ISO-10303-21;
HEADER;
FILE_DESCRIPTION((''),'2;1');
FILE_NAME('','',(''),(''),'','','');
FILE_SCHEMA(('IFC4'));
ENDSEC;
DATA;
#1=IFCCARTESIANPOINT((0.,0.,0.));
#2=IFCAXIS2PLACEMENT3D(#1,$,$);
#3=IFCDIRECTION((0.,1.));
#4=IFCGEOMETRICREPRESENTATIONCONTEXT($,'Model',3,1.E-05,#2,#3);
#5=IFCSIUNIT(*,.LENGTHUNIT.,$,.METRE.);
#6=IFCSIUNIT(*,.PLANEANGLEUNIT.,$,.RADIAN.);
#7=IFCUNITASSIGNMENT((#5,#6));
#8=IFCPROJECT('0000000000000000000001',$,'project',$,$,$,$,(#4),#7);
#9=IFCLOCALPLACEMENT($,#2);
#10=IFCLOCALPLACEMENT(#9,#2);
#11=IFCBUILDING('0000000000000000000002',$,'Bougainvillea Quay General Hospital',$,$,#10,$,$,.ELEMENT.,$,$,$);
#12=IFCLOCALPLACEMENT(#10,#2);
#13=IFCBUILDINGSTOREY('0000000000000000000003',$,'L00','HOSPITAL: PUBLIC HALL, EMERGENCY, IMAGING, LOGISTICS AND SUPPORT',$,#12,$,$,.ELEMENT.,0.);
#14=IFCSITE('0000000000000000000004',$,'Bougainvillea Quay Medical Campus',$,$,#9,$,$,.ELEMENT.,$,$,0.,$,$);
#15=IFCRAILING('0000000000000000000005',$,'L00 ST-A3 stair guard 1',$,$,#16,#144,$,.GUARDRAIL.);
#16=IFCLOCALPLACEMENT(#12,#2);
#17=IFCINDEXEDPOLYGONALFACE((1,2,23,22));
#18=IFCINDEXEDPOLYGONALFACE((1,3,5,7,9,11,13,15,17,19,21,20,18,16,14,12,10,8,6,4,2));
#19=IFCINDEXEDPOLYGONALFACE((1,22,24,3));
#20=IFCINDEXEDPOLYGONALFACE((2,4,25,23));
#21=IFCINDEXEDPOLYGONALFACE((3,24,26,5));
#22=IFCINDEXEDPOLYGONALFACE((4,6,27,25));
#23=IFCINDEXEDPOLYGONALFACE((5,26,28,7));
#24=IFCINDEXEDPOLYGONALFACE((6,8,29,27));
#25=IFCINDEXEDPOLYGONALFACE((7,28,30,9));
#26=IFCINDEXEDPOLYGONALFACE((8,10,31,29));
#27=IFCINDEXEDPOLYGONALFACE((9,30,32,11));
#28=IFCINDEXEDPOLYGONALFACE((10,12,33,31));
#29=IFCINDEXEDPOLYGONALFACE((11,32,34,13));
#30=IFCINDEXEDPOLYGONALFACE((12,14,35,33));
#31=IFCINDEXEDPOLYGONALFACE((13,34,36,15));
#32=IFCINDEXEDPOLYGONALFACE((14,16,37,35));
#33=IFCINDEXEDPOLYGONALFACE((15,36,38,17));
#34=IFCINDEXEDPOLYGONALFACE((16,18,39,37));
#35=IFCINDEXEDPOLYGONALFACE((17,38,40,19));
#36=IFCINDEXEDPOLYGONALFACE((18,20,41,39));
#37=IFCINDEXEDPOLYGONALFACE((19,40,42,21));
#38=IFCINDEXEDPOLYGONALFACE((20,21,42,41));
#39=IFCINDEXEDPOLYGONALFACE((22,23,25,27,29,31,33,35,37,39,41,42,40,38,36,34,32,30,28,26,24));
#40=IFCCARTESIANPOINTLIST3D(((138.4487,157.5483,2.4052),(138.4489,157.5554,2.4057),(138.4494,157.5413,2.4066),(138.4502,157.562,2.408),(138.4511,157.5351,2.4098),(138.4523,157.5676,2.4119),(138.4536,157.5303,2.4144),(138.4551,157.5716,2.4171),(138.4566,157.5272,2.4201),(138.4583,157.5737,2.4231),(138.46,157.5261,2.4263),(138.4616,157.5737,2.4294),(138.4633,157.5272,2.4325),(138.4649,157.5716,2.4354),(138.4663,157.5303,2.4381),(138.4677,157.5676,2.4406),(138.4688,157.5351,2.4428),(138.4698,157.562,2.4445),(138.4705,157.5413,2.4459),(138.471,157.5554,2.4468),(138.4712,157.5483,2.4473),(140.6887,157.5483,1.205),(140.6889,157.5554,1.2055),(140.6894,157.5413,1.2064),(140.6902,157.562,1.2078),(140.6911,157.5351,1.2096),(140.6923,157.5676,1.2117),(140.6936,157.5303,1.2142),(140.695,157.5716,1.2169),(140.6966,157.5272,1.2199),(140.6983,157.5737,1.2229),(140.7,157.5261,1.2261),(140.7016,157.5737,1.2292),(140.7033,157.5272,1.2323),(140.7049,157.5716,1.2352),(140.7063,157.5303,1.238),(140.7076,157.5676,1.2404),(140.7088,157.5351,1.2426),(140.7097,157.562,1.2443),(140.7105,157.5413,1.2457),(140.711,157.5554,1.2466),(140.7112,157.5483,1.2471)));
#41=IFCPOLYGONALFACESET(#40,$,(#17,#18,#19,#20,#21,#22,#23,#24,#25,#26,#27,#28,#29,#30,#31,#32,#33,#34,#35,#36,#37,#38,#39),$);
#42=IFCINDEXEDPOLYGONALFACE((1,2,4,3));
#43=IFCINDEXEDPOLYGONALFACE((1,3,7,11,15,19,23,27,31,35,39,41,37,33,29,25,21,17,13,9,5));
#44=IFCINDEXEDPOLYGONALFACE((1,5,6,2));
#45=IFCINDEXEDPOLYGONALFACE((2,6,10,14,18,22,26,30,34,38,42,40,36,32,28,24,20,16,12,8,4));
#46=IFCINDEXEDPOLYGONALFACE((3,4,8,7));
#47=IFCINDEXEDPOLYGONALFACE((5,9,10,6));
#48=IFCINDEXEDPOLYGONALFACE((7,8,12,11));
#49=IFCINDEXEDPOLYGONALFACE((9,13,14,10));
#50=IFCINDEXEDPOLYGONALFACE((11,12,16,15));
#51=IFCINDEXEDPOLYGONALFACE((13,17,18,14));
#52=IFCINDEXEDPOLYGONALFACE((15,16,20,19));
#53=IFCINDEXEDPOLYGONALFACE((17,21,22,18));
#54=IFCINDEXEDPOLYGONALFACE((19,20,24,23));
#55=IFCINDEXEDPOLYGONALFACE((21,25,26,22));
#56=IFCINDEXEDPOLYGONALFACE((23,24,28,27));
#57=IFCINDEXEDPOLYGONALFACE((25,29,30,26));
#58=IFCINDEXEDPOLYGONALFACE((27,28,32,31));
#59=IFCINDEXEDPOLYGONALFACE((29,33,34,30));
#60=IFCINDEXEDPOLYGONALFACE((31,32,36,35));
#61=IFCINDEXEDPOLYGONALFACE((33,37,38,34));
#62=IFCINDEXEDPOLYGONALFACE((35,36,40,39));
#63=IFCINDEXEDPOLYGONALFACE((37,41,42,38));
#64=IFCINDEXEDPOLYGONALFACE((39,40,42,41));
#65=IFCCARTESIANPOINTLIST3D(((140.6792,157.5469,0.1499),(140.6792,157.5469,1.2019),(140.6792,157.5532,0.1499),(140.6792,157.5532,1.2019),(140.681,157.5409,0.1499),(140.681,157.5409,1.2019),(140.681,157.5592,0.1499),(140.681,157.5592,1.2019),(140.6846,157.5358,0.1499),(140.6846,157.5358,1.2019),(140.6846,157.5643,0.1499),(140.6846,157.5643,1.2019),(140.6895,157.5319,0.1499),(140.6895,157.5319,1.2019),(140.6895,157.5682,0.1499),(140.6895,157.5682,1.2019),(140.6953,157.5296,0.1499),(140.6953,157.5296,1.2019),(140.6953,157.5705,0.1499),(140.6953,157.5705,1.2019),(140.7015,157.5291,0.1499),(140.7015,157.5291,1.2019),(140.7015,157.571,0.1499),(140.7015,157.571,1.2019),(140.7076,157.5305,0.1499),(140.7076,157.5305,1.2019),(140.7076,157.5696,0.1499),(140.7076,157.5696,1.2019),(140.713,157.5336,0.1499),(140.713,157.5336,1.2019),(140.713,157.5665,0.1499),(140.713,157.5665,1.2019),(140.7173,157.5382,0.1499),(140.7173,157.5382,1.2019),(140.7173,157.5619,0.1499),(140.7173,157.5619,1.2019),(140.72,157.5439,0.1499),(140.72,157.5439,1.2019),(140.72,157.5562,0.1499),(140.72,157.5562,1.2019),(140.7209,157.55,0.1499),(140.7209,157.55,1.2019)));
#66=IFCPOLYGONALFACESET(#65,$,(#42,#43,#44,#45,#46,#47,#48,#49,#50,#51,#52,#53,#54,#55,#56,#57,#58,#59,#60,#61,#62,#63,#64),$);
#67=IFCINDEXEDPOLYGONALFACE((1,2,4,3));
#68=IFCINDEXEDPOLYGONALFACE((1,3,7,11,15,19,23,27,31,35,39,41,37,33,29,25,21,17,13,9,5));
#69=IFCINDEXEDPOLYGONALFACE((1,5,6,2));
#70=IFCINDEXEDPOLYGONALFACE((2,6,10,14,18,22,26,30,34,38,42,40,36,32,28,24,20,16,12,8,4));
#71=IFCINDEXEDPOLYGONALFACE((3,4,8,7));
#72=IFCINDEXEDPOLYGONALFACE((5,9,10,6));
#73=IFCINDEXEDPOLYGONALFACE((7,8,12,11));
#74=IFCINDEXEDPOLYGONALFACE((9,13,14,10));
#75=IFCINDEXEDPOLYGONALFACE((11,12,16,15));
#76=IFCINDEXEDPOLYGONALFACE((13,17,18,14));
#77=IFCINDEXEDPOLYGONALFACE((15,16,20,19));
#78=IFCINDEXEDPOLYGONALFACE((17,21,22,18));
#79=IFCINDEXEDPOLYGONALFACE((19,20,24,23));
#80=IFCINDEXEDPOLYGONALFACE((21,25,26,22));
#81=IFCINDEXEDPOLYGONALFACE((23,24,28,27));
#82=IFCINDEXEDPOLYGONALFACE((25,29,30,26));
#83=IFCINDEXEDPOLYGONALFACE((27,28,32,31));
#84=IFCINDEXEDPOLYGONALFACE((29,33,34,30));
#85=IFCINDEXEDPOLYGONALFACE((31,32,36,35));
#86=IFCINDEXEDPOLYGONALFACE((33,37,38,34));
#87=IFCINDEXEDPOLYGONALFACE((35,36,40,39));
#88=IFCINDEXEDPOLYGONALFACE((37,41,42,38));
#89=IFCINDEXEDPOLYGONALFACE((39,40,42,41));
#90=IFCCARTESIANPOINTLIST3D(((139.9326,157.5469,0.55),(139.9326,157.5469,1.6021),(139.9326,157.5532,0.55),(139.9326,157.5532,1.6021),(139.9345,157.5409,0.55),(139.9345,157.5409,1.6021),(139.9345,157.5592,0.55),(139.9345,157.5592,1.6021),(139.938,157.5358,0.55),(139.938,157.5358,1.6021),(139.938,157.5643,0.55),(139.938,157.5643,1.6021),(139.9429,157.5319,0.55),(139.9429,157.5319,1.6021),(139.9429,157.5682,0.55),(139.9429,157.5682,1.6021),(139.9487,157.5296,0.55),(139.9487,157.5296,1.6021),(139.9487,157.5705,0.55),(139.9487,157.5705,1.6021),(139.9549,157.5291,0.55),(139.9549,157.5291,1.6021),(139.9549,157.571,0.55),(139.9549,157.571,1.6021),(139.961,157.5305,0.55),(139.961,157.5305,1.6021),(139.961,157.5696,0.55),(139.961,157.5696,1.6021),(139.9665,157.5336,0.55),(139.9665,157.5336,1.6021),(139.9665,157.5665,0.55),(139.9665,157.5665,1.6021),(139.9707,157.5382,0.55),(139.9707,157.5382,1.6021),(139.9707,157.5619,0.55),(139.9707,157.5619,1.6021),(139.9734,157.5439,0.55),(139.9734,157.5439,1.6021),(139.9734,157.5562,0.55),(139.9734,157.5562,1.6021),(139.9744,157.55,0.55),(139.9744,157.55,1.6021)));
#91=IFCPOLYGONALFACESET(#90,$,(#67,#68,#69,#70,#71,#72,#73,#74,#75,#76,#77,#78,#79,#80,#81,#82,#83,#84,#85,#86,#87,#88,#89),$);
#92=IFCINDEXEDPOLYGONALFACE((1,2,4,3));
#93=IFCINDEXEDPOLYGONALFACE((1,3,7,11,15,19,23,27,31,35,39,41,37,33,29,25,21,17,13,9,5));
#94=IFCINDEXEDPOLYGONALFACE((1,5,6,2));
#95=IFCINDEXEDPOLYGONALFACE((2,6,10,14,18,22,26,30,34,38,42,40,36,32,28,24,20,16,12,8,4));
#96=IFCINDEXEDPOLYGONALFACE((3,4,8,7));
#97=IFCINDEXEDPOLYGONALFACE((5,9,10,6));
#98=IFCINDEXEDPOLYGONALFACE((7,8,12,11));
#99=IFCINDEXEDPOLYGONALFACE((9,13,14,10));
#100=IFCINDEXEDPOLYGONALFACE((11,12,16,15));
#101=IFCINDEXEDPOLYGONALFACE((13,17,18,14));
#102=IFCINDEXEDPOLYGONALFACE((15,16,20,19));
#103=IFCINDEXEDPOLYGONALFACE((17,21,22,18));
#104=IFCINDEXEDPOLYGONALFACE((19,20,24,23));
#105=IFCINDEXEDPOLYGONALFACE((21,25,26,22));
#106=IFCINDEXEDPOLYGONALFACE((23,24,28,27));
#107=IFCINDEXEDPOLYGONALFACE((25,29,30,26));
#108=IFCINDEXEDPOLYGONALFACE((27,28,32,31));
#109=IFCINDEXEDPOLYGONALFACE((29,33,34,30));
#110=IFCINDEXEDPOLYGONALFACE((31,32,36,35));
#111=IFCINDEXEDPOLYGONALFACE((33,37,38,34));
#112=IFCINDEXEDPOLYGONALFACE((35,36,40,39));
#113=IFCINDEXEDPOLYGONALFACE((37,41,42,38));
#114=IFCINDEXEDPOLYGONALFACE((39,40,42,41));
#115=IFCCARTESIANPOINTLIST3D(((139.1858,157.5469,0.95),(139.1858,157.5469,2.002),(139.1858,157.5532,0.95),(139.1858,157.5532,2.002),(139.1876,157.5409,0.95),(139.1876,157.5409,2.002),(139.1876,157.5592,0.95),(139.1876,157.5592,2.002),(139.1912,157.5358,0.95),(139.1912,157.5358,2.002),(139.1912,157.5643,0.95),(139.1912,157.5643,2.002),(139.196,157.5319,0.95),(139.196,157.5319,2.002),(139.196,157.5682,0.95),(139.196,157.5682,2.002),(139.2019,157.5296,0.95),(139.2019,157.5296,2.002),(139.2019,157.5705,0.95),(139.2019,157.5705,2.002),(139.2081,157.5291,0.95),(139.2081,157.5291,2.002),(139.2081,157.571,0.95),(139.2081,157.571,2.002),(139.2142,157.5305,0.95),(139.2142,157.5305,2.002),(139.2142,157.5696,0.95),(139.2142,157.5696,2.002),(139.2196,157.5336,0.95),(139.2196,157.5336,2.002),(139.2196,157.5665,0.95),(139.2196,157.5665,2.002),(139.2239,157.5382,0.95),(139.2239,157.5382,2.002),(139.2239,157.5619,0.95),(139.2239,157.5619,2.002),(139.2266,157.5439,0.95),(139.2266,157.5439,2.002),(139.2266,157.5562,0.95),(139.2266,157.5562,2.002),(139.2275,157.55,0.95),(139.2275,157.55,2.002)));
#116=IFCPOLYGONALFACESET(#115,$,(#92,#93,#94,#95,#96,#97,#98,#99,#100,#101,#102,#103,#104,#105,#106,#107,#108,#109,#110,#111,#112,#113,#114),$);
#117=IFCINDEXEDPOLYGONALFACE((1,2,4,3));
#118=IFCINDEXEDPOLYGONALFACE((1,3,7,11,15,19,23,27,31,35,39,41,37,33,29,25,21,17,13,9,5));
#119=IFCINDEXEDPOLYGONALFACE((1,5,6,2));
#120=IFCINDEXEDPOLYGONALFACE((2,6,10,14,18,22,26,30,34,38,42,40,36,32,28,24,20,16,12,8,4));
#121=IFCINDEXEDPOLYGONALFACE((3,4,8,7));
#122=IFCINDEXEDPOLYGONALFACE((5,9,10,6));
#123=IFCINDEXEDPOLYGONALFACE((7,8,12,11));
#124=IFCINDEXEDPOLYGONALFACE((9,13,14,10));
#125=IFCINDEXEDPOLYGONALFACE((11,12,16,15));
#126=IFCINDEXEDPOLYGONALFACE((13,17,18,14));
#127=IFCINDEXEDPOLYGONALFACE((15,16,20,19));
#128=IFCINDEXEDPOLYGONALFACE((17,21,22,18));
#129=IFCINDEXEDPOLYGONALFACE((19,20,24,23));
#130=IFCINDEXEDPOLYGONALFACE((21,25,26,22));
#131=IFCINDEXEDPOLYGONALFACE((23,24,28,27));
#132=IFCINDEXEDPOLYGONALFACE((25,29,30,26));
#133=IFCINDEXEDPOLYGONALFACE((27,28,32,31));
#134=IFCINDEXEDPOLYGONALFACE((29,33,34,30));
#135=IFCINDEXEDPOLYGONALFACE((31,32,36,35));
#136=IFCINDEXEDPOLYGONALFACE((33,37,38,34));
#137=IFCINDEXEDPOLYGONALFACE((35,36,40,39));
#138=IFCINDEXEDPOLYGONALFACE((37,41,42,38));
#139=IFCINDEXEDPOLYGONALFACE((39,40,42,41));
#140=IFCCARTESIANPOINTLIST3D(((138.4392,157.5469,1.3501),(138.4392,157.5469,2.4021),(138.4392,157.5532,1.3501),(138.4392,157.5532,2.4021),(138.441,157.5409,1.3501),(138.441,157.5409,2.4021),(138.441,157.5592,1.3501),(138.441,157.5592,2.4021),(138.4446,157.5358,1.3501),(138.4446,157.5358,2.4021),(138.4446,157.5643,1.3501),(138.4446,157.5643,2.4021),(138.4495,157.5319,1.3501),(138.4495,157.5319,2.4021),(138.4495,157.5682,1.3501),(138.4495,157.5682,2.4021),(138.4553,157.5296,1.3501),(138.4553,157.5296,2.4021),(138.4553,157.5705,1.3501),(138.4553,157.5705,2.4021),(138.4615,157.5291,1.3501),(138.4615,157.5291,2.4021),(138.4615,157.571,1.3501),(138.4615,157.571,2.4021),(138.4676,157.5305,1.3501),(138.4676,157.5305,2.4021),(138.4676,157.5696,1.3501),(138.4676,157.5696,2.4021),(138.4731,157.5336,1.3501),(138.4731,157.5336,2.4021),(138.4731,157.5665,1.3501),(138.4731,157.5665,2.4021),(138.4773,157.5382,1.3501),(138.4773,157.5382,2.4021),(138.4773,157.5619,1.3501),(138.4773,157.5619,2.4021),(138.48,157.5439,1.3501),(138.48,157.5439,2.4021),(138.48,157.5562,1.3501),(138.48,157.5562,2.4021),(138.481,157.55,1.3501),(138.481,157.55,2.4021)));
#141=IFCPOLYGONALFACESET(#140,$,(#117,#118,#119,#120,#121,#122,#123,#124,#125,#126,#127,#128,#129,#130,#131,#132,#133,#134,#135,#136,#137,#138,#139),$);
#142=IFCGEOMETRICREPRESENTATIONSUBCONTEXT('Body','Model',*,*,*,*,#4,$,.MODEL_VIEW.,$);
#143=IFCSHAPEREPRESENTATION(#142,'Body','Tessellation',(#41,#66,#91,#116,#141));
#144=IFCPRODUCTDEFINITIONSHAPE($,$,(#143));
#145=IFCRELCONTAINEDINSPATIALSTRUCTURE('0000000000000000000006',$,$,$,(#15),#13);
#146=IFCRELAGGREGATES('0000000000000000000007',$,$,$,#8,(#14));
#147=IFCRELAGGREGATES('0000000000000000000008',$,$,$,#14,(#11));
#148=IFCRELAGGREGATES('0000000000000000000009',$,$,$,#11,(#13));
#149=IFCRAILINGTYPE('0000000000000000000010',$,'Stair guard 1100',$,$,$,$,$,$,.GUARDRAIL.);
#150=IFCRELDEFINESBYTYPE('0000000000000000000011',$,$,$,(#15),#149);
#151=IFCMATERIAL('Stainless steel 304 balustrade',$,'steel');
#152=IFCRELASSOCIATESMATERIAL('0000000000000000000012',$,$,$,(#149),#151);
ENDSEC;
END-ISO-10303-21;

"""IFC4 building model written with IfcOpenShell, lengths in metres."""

from ifc_helpers import new_model, si_unit, direction, frame, origin, origin_2d, place, context, subcontext, project, spatial, circle, extrude, material, type_object, element, save


model = new_model("IFC4")

# Units and contexts
model_context = context("Model", 3, precision=1e-05, world=origin(), true_north=direction((0.0, 1.0)))
body_context = subcontext(model_context, "Body", "Model", "MODEL_VIEW")
ifc_project = project(units=[si_unit("LENGTHUNIT", "METRE"), si_unit("PLANEANGLEUNIT", "RADIAN")], contexts=[model_context])

# Site, building, storey
site_placement = place(None, origin())
site = spatial("IfcSite", under=ifc_project, at=site_placement, Name="Bougainvillea Quay Medical Campus", CompositionType="ELEMENT", RefElevation=0.0)
building_placement = place(site_placement, origin())
building = spatial("IfcBuilding", under=site, at=building_placement, Name="Bougainvillea Quay General Hospital", CompositionType="ELEMENT")
storey_placement = place(building_placement, origin())
storey = spatial("IfcBuildingStorey", under=building, at=storey_placement, Name="L00", Description="HOSPITAL: PUBLIC HALL, EMERGENCY, IMAGING, LOGISTICS AND SUPPORT", CompositionType="ELEMENT", Elevation=0.0)

# Railing
ifc_material_1 = material(Name="Stainless steel 304 balustrade", Category="steel")
railing_type_1 = type_object("IfcRailingType", Name="Stair guard 1100", PredefinedType="GUARDRAIL", material=ifc_material_1)
railing_1_placement = place(storey_placement, frame((140.7, 157.55, 0.1499)))
element("IfcRailing", 1, at=railing_1_placement, inside=storey, type_object=railing_type_1, Name="L00 ST-A3 stair guard 1", PredefinedType="GUARDRAIL", context=body_context, shape_type="SweptSolid", body=[
    extrude(circle(Radius=0.0239, at=origin_2d()), frame((0.0, 0.0, 1.0762), z_axis=(-0.881447, 0.0, 0.472283), x_axis=(0.0, -1.0, 0.0)), (0.0, 0.0, 1.0), 2.5413),
    extrude(circle(Radius=0.021, at=origin_2d()), origin(), (0.0, 0.0, 1.0), 1.052),
    extrude(circle(Radius=0.021, at=origin_2d()), frame((-0.7466, 0.0, 0.4001)), (0.0, 0.0, 1.0), 1.052),
    extrude(circle(Radius=0.021, at=origin_2d()), frame((-1.4934, 0.0, 0.8)), (0.0, 0.0, 1.0), 1.052),
    extrude(circle(Radius=0.021, at=origin_2d()), frame((-2.24, 0.0, 1.2002)), (0.0, 0.0, 1.0), 1.052),
])

save(model, "model.ifc")
